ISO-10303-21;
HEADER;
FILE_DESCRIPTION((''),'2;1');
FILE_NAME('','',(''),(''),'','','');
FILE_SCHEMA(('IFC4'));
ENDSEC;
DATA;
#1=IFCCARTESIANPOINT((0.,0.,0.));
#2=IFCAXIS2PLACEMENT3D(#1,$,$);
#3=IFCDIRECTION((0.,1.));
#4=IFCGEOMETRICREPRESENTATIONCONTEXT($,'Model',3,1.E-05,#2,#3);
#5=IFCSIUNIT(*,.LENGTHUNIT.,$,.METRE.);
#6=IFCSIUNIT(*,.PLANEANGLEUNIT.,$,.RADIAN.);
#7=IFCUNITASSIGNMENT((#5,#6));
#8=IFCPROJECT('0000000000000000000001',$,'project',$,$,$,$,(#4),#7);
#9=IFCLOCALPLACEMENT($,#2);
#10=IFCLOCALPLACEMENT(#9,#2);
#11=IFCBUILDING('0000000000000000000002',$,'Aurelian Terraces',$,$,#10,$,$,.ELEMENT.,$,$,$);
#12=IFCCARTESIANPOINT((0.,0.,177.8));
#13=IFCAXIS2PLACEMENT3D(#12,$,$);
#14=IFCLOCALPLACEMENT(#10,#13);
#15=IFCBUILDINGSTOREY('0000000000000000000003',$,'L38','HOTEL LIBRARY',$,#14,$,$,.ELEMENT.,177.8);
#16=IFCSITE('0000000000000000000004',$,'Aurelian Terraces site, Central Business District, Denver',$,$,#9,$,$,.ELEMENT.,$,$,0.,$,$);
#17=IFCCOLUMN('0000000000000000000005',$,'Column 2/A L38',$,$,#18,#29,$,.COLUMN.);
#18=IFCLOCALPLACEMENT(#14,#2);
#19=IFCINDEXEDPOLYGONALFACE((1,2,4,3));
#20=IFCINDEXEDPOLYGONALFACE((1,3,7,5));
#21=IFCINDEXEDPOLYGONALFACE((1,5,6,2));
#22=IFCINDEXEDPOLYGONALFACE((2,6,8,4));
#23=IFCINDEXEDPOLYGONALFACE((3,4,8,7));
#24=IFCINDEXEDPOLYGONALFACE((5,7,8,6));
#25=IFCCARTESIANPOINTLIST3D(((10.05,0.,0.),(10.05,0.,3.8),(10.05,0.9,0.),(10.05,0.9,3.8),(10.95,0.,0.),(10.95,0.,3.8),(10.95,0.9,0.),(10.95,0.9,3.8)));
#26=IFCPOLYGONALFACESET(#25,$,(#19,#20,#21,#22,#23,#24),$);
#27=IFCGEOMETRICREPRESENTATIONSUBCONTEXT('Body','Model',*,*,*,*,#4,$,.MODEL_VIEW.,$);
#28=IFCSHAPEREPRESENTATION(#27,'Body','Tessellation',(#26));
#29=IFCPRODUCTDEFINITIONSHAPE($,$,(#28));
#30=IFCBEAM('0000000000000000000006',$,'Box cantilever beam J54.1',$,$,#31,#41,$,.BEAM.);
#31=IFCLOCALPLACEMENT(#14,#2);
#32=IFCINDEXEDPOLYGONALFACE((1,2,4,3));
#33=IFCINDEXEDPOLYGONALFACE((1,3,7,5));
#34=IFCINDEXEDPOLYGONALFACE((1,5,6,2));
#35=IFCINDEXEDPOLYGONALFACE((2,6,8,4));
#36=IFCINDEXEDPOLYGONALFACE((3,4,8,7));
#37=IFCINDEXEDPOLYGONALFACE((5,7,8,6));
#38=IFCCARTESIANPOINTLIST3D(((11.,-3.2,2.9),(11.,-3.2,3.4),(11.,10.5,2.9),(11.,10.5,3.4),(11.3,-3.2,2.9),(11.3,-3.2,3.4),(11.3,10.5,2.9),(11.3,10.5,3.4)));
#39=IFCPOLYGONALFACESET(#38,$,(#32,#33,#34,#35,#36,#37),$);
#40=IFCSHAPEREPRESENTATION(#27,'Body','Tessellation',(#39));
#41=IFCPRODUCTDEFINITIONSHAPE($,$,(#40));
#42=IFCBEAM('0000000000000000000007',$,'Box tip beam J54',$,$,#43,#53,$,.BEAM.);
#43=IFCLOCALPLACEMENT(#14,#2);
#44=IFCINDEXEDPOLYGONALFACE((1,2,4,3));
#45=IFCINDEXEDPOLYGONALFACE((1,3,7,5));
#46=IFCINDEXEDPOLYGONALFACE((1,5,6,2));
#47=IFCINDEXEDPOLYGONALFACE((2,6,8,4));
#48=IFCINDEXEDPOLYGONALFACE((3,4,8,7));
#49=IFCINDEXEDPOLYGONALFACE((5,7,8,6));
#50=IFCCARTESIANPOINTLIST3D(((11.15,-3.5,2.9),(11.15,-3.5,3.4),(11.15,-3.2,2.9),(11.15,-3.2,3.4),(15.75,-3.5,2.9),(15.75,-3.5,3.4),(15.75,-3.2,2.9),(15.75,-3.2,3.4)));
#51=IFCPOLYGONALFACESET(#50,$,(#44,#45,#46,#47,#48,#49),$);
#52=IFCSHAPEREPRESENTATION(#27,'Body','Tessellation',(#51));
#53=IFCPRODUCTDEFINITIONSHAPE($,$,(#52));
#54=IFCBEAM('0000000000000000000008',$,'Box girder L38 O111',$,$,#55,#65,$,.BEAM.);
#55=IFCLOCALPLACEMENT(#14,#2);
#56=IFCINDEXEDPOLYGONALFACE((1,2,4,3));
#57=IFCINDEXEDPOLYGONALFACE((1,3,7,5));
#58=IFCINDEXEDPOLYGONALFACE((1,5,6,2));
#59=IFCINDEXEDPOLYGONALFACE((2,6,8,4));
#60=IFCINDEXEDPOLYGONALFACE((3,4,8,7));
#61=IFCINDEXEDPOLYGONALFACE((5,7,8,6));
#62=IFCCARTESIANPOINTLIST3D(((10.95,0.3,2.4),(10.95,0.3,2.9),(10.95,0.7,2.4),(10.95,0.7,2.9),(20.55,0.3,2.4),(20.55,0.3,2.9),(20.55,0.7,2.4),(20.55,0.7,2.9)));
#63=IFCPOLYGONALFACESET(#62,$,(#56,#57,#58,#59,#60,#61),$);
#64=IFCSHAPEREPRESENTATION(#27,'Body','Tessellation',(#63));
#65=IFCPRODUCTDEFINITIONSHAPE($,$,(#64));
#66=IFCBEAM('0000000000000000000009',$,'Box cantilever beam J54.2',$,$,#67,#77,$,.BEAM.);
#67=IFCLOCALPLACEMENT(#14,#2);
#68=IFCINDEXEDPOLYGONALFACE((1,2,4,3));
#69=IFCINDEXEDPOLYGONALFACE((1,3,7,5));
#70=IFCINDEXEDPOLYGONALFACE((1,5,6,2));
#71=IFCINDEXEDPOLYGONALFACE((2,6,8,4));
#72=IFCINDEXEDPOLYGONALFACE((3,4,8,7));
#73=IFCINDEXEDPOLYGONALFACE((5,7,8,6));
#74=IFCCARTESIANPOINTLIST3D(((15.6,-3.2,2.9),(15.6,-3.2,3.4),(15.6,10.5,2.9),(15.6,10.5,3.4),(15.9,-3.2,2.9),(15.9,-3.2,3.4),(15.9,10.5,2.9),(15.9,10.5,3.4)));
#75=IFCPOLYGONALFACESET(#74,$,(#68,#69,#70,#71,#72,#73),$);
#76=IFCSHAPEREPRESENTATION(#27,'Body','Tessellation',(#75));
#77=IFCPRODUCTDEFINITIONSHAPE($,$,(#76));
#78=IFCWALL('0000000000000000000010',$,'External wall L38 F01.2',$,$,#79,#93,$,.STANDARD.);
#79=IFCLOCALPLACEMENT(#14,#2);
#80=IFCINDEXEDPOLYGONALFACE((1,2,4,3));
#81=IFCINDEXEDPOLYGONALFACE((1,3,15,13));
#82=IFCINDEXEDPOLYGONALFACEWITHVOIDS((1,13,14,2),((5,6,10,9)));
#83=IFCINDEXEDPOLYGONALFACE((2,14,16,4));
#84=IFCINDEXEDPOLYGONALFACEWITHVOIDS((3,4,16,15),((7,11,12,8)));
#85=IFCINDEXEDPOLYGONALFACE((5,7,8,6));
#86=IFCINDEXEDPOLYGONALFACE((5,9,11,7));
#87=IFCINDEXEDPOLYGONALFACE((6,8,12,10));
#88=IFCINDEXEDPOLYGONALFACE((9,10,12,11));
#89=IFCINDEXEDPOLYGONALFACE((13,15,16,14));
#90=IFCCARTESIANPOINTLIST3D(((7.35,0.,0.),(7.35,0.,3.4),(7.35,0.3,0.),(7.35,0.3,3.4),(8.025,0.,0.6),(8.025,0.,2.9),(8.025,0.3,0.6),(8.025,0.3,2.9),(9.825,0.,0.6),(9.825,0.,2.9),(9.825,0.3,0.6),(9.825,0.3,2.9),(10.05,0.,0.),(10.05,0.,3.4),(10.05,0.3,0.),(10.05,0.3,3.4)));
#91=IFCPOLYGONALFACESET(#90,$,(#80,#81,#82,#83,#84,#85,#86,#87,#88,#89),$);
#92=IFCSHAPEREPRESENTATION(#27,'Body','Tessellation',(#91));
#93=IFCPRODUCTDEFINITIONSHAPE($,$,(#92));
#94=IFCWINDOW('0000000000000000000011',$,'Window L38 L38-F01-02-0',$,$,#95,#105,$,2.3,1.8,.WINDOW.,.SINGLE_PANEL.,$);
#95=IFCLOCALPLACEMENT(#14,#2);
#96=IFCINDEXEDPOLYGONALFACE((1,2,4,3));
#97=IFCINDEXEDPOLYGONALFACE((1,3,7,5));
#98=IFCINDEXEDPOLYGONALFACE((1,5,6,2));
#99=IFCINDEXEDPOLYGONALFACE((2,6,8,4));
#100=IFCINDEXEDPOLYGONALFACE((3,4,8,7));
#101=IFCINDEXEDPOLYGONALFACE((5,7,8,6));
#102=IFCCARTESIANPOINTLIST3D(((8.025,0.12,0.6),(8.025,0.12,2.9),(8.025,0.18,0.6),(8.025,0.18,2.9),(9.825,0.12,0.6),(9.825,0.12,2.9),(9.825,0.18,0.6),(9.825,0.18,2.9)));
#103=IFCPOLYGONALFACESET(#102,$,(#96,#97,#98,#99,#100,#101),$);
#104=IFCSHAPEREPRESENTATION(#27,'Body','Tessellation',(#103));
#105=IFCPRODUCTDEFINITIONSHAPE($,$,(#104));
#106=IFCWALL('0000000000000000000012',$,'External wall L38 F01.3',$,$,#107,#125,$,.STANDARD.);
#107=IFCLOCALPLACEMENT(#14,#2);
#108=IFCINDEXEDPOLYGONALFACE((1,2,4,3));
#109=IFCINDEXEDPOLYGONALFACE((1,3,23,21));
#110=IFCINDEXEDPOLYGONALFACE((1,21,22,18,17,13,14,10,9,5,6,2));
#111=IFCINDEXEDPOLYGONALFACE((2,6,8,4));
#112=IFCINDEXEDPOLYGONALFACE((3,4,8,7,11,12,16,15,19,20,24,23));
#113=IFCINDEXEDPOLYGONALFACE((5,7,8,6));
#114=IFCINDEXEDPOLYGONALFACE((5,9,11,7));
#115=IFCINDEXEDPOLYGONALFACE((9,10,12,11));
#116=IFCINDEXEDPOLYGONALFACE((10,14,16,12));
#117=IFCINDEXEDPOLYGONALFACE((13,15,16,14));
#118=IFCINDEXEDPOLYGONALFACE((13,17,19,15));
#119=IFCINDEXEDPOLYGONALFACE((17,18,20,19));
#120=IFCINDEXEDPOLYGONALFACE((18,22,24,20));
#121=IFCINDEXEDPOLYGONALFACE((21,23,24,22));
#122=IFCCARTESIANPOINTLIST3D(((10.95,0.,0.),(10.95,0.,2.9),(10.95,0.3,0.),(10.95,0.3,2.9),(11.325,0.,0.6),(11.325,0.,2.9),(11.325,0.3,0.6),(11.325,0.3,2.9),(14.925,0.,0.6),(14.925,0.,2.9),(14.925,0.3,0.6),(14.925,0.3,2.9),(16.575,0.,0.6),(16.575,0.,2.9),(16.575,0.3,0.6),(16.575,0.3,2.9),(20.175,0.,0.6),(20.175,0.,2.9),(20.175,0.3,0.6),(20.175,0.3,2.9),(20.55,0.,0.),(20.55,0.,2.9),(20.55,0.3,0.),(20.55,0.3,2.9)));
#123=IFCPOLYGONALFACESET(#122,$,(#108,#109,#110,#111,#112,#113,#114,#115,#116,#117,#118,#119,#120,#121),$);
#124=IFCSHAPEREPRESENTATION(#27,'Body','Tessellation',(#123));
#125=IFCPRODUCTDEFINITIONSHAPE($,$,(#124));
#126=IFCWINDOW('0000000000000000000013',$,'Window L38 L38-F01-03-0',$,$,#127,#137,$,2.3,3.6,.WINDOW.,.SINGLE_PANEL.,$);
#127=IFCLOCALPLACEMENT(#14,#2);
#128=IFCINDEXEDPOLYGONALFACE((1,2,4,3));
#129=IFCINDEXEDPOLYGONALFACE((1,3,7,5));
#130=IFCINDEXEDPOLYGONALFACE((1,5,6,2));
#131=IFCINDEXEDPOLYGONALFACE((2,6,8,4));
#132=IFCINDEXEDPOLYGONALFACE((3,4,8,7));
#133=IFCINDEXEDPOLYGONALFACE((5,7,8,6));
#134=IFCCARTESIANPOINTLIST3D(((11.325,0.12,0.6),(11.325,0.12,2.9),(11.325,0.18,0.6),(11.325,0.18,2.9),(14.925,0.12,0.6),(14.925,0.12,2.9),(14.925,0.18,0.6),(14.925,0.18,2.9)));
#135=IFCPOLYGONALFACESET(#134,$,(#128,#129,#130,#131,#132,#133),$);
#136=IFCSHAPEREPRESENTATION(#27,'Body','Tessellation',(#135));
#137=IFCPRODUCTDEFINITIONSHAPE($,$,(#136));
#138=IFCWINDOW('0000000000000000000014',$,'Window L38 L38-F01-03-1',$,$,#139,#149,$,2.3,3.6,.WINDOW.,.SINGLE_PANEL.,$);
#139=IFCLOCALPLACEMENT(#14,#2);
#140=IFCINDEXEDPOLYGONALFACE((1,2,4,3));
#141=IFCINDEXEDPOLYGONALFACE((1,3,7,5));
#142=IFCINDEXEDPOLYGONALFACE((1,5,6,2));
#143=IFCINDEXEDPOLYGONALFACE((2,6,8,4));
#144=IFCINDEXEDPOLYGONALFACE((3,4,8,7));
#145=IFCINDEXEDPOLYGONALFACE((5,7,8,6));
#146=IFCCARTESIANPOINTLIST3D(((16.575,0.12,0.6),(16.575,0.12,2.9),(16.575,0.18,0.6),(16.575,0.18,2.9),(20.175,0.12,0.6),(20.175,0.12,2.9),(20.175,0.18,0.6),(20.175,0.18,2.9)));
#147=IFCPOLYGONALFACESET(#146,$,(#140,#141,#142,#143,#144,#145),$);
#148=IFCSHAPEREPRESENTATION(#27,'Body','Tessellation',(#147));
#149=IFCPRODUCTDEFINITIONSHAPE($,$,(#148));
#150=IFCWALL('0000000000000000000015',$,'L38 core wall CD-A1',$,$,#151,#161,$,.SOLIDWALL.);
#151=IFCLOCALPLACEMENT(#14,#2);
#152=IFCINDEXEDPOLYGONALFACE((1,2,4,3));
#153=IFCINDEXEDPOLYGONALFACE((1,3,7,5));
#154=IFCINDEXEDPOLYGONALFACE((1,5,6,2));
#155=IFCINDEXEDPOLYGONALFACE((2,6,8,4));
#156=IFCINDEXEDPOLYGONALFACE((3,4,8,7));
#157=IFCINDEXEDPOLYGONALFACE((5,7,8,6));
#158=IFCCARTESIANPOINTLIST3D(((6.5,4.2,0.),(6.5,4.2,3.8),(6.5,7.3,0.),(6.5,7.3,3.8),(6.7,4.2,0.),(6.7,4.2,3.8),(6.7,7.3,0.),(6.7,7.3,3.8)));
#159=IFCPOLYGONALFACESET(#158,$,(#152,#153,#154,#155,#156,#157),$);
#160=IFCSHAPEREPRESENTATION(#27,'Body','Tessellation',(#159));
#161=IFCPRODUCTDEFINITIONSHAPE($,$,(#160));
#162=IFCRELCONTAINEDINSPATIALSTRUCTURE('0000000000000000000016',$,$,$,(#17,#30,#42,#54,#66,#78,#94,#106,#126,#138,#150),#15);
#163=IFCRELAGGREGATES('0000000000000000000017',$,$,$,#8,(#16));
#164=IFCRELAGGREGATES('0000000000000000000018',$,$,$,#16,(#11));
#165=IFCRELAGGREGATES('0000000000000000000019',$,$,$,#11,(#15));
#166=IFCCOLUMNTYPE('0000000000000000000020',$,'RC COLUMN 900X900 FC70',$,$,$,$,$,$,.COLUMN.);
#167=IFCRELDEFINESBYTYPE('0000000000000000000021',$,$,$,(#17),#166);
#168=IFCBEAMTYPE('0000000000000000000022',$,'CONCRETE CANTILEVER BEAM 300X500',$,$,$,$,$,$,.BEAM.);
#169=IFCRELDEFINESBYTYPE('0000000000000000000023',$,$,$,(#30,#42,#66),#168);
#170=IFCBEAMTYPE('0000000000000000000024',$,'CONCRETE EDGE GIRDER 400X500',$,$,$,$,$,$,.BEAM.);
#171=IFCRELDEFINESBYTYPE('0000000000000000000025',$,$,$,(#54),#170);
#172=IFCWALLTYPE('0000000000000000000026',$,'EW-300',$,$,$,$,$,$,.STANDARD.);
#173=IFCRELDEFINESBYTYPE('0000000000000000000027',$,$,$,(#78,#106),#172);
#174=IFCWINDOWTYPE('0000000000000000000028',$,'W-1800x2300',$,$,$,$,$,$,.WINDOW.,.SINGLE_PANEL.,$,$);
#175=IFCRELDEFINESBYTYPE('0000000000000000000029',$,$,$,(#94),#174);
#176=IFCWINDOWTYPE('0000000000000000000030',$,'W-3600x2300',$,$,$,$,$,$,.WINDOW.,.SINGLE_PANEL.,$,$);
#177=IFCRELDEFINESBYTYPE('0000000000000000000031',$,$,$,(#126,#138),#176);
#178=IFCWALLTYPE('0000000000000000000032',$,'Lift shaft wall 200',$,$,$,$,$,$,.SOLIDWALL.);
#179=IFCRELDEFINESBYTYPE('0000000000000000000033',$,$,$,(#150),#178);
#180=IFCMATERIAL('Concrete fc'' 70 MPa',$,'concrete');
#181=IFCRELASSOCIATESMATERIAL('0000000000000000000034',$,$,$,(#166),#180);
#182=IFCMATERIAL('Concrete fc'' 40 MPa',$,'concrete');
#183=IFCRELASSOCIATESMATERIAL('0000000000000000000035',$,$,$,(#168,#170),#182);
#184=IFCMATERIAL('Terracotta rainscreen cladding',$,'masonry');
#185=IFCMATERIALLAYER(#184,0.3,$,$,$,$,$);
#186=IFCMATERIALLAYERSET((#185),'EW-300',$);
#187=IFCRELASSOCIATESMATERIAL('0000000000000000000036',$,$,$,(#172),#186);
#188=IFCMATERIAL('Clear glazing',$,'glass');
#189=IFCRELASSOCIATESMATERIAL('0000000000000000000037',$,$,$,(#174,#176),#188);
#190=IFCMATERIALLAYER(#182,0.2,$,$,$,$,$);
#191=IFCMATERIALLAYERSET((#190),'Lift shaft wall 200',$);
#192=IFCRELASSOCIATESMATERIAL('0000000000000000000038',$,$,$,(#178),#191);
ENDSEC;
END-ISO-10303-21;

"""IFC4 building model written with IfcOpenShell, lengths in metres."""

from ifc_helpers import new_model, si_unit, direction, frame, frame_2d, origin, origin_2d, place, context, subcontext, project, spatial, rectangle, extrude, source, transform, mapped, material, layer, layer_set, material_profile, profile_set, type_object, element, fill, save


model = new_model("IFC4")

# Units and contexts
model_context = context("Model", 3, precision=1e-05, world=origin(), true_north=direction((0.0, 1.0)))
body_context = subcontext(model_context, "Body", "Model", "MODEL_VIEW")
ifc_project = project(units=[si_unit("LENGTHUNIT", "METRE"), si_unit("PLANEANGLEUNIT", "RADIAN")], contexts=[model_context])

# Site, building, storey
site_placement = place(None, origin())
site = spatial("IfcSite", under=ifc_project, at=site_placement, Name="Aurelian Terraces site, Central Business District, Denver", CompositionType="ELEMENT", RefElevation=0.0)
building_placement = place(site_placement, origin())
building = spatial("IfcBuilding", under=site, at=building_placement, Name="Aurelian Terraces", CompositionType="ELEMENT")
storey_placement = place(building_placement, frame((0.0, 0.0, 177.8)))
storey = spatial("IfcBuildingStorey", under=building, at=storey_placement, Name="L38", Description="HOTEL LIBRARY", CompositionType="ELEMENT", Elevation=177.8)

# Column
ifc_material_1 = material(Name="Concrete fc' 70 MPa", Category="concrete")
ifc_material_profile_1 = material_profile(ifc_material_1, rectangle(XDim=0.9, YDim=0.9, at=origin_2d()))
ifc_profile_set_1 = profile_set([ifc_material_profile_1], Name="Concrete fc' 70 MPa")
column_type = type_object("IfcColumnType", Name="RC COLUMN 900X900 FC70", PredefinedType="COLUMN", material=ifc_profile_set_1)
column_placement = place(storey_placement, frame((10.5, 0.45, 0.0), z_axis=(0.0, 0.0, 1.0), x_axis=(1.0, 0.0, 0.0)))
element("IfcColumn", 1, at=column_placement, inside=storey, type_object=column_type, Name="Column 2/A L38", PredefinedType="COLUMN", context=body_context, shape_type="SweptSolid", body=[
    extrude(rectangle(XDim=0.9, YDim=0.9, at=origin_2d()), origin(), (0.0, 0.0, 1.0), 3.8),
])

# Beams
ifc_material_2 = material(Name="Concrete fc' 40 MPa", Category="concrete")
ifc_material_profile_2 = material_profile(ifc_material_2, rectangle(XDim=0.3, YDim=0.5, at=origin_2d()))
ifc_profile_set_2 = profile_set([ifc_material_profile_2], Name="Concrete fc' 40 MPa")
beam_type_1 = type_object("IfcBeamType", Name="CONCRETE CANTILEVER BEAM 300X500", PredefinedType="BEAM", material=ifc_profile_set_2)
beam_1_placement = place(storey_placement, frame((11.15, -3.2, 3.15), z_axis=(0.0, 1.0, 0.0), x_axis=(-1.0, 0.0, 0.0)))
element("IfcBeam", 2, at=beam_1_placement, inside=storey, type_object=beam_type_1, Name="Box cantilever beam J54.1", PredefinedType="BEAM", context=body_context, shape_type="SweptSolid", body=[
    extrude(rectangle(XDim=0.3, YDim=0.5, at=origin_2d()), origin(), (0.0, 0.0, 1.0), 13.7),
])
beam_2_placement = place(storey_placement, frame((11.15, -3.35, 3.15), z_axis=(1.0, 0.0, 0.0), x_axis=(0.0, 1.0, 0.0)))
element("IfcBeam", 3, at=beam_2_placement, inside=storey, type_object=beam_type_1, Name="Box tip beam J54", PredefinedType="BEAM", context=body_context, shape_type="SweptSolid", body=[
    extrude(rectangle(XDim=0.3, YDim=0.5, at=origin_2d()), origin(), (0.0, 0.0, 1.0), 4.6),
])
ifc_material_profile_3 = material_profile(ifc_material_2, rectangle(XDim=0.4, YDim=0.5, at=origin_2d()))
ifc_profile_set_3 = profile_set([ifc_material_profile_3], Name="Concrete fc' 40 MPa")
beam_type_2 = type_object("IfcBeamType", Name="CONCRETE EDGE GIRDER 400X500", PredefinedType="BEAM", material=ifc_profile_set_3)
beam_3_placement = place(storey_placement, frame((10.95, 0.5, 2.65), z_axis=(1.0, 0.0, 0.0), x_axis=(0.0, 1.0, 0.0)))
element("IfcBeam", 4, at=beam_3_placement, inside=storey, type_object=beam_type_2, Name="Box girder L38 O111", PredefinedType="BEAM", context=body_context, shape_type="SweptSolid", body=[
    extrude(rectangle(XDim=0.4, YDim=0.5, at=origin_2d()), origin(), (0.0, 0.0, 1.0), 9.6),
])
shared_shape_1 = source(origin(), body_context, "Body", "SweptSolid", [
    extrude(rectangle(XDim=0.3, YDim=0.5, at=origin_2d()), origin(), (0.0, 0.0, 1.0), 13.7),
])
beam_4_placement = place(storey_placement, frame((15.75, -3.2, 3.15), z_axis=(0.0, 1.0, 0.0), x_axis=(-1.0, 0.0, 0.0)))
element("IfcBeam", 5, at=beam_4_placement, inside=storey, type_object=beam_type_1, Name="Box cantilever beam J54.2", PredefinedType="BEAM", context=body_context, shape_type="MappedRepresentation", body=[
    mapped(shared_shape_1, transform((0.0, 0.0, 0.0), scale=1.0)),
])

# Wall, opening, window
ifc_material_3 = material(Name="Terracotta rainscreen cladding", Category="masonry")
ifc_layer_1 = layer(ifc_material_3, 0.3)
ifc_layer_set_1 = layer_set([ifc_layer_1], Name="EW-300")
wall_type_1 = type_object("IfcWallType", Name="EW-300", PredefinedType="STANDARD", material=ifc_layer_set_1)
wall_1_placement = place(storey_placement, frame((7.35, 0.15, 0.0), z_axis=(0.0, 0.0, 1.0), x_axis=(1.0, 0.0, 0.0)))
wall_1 = element("IfcWall", 6, at=wall_1_placement, inside=storey, type_object=wall_type_1, Name="External wall L38 F01.2", PredefinedType="STANDARD", context=body_context, shape_type="SweptSolid", body=[
    extrude(rectangle(XDim=2.7, YDim=0.3, at=frame_2d((1.35, 0.0))), origin(), (0.0, 0.0, 1.0), 3.4),
])
opening_1_placement = place(wall_1_placement, frame((0.675, 0.0, 0.6)))
opening_1 = element("IfcOpeningElement", 7, at=opening_1_placement, cuts=wall_1, PredefinedType="OPENING", context=body_context, shape_type="SweptSolid", body=[
    extrude(rectangle(XDim=1.8, YDim=2.3, at=frame_2d((0.9, 1.15))), frame((0.0, 0.16, 0.0), z_axis=(0.0, -1.0, 0.0), x_axis=(1.0, 0.0, 0.0)), (0.0, 0.0, 1.0), 0.32),
])
ifc_material_4 = material(Name="Clear glazing", Category="glass")
window_type_1 = type_object("IfcWindowType", Name="W-1800x2300", PartitioningType="SINGLE_PANEL", PredefinedType="WINDOW", material=ifc_material_4)
window_1_placement = place(opening_1_placement, origin())
window_1 = element("IfcWindow", 8, at=window_1_placement, inside=storey, type_object=window_type_1, Name="Window L38 L38-F01-02-0", OverallHeight=2.3, OverallWidth=1.8, PartitioningType="SINGLE_PANEL", PredefinedType="WINDOW", context=body_context, shape_type="SweptSolid", body=[
    extrude(rectangle(XDim=1.8, YDim=2.3, at=frame_2d((0.9, 1.15))), frame((0.0, 0.03, 0.0), z_axis=(0.0, -1.0, 0.0), x_axis=(1.0, 0.0, 0.0)), (0.0, 0.0, 1.0), 0.06),
])
fill(opening_1, window_1)

# Wall, openings, windows
wall_2_placement = place(storey_placement, frame((10.95, 0.15, 0.0), z_axis=(0.0, 0.0, 1.0), x_axis=(1.0, 0.0, 0.0)))
wall_2 = element("IfcWall", 9, at=wall_2_placement, inside=storey, type_object=wall_type_1, Name="External wall L38 F01.3", PredefinedType="STANDARD", context=body_context, shape_type="SweptSolid", body=[
    extrude(rectangle(XDim=9.6, YDim=0.3, at=frame_2d((4.8, 0.0))), origin(), (0.0, 0.0, 1.0), 2.9),
])
opening_2_placement = place(wall_2_placement, frame((0.375, 0.0, 0.6)))
opening_2 = element("IfcOpeningElement", 10, at=opening_2_placement, cuts=wall_2, PredefinedType="OPENING", context=body_context, shape_type="SweptSolid", body=[
    extrude(rectangle(XDim=3.6, YDim=2.3, at=frame_2d((1.8, 1.15))), frame((0.0, 0.16, 0.0), z_axis=(0.0, -1.0, 0.0), x_axis=(1.0, 0.0, 0.0)), (0.0, 0.0, 1.0), 0.32),
])
shared_shape_2 = source(origin(), body_context, "Body", "SweptSolid", [
    extrude(rectangle(XDim=3.6, YDim=2.3, at=frame_2d((1.8, 1.15))), frame((0.0, 0.16, 0.0), z_axis=(0.0, -1.0, 0.0), x_axis=(1.0, 0.0, 0.0)), (0.0, 0.0, 1.0), 0.32),
])
opening_3_placement = place(wall_2_placement, frame((5.625, 0.0, 0.6)))
opening_3 = element("IfcOpeningElement", 11, at=opening_3_placement, cuts=wall_2, PredefinedType="OPENING", context=body_context, shape_type="MappedRepresentation", body=[
    mapped(shared_shape_2, transform((0.0, 0.0, 0.0), scale=1.0)),
])
window_type_2 = type_object("IfcWindowType", Name="W-3600x2300", PartitioningType="SINGLE_PANEL", PredefinedType="WINDOW", material=ifc_material_4)
window_2_placement = place(opening_2_placement, origin())
window_2 = element("IfcWindow", 12, at=window_2_placement, inside=storey, type_object=window_type_2, Name="Window L38 L38-F01-03-0", OverallHeight=2.3, OverallWidth=3.6, PartitioningType="SINGLE_PANEL", PredefinedType="WINDOW", context=body_context, shape_type="SweptSolid", body=[
    extrude(rectangle(XDim=3.6, YDim=2.3, at=frame_2d((1.8, 1.15))), frame((0.0, 0.03, 0.0), z_axis=(0.0, -1.0, 0.0), x_axis=(1.0, 0.0, 0.0)), (0.0, 0.0, 1.0), 0.06),
])
fill(opening_2, window_2)
shared_shape_3 = source(origin(), body_context, "Body", "SweptSolid", [
    extrude(rectangle(XDim=3.6, YDim=2.3, at=frame_2d((1.8, 1.15))), frame((0.0, 0.03, 0.0), z_axis=(0.0, -1.0, 0.0), x_axis=(1.0, 0.0, 0.0)), (0.0, 0.0, 1.0), 0.06),
])
window_3_placement = place(opening_3_placement, origin())
window_3 = element("IfcWindow", 13, at=window_3_placement, inside=storey, type_object=window_type_2, Name="Window L38 L38-F01-03-1", OverallHeight=2.3, OverallWidth=3.6, PartitioningType="SINGLE_PANEL", PredefinedType="WINDOW", context=body_context, shape_type="MappedRepresentation", body=[
    mapped(shared_shape_3, transform((0.0, 0.0, 0.0), scale=1.0)),
])
fill(opening_3, window_3)

# Wall
ifc_layer_2 = layer(ifc_material_2, 0.2)
ifc_layer_set_2 = layer_set([ifc_layer_2], Name="Lift shaft wall 200")
wall_type_2 = type_object("IfcWallType", Name="Lift shaft wall 200", PredefinedType="SOLIDWALL", material=ifc_layer_set_2)
wall_3_placement = place(storey_placement, frame((6.6, 4.2, 0.0), z_axis=(0.0, 0.0, 1.0), x_axis=(0.0, 1.0, 0.0)))
element("IfcWall", 14, at=wall_3_placement, inside=storey, type_object=wall_type_2, Name="L38 core wall CD-A1", PredefinedType="SOLIDWALL", context=body_context, shape_type="SweptSolid", body=[
    extrude(rectangle(XDim=3.1, YDim=0.2, at=frame_2d((1.55, 0.0))), origin(), (0.0, 0.0, 1.0), 3.8),
])

save(model, "model.ifc")
